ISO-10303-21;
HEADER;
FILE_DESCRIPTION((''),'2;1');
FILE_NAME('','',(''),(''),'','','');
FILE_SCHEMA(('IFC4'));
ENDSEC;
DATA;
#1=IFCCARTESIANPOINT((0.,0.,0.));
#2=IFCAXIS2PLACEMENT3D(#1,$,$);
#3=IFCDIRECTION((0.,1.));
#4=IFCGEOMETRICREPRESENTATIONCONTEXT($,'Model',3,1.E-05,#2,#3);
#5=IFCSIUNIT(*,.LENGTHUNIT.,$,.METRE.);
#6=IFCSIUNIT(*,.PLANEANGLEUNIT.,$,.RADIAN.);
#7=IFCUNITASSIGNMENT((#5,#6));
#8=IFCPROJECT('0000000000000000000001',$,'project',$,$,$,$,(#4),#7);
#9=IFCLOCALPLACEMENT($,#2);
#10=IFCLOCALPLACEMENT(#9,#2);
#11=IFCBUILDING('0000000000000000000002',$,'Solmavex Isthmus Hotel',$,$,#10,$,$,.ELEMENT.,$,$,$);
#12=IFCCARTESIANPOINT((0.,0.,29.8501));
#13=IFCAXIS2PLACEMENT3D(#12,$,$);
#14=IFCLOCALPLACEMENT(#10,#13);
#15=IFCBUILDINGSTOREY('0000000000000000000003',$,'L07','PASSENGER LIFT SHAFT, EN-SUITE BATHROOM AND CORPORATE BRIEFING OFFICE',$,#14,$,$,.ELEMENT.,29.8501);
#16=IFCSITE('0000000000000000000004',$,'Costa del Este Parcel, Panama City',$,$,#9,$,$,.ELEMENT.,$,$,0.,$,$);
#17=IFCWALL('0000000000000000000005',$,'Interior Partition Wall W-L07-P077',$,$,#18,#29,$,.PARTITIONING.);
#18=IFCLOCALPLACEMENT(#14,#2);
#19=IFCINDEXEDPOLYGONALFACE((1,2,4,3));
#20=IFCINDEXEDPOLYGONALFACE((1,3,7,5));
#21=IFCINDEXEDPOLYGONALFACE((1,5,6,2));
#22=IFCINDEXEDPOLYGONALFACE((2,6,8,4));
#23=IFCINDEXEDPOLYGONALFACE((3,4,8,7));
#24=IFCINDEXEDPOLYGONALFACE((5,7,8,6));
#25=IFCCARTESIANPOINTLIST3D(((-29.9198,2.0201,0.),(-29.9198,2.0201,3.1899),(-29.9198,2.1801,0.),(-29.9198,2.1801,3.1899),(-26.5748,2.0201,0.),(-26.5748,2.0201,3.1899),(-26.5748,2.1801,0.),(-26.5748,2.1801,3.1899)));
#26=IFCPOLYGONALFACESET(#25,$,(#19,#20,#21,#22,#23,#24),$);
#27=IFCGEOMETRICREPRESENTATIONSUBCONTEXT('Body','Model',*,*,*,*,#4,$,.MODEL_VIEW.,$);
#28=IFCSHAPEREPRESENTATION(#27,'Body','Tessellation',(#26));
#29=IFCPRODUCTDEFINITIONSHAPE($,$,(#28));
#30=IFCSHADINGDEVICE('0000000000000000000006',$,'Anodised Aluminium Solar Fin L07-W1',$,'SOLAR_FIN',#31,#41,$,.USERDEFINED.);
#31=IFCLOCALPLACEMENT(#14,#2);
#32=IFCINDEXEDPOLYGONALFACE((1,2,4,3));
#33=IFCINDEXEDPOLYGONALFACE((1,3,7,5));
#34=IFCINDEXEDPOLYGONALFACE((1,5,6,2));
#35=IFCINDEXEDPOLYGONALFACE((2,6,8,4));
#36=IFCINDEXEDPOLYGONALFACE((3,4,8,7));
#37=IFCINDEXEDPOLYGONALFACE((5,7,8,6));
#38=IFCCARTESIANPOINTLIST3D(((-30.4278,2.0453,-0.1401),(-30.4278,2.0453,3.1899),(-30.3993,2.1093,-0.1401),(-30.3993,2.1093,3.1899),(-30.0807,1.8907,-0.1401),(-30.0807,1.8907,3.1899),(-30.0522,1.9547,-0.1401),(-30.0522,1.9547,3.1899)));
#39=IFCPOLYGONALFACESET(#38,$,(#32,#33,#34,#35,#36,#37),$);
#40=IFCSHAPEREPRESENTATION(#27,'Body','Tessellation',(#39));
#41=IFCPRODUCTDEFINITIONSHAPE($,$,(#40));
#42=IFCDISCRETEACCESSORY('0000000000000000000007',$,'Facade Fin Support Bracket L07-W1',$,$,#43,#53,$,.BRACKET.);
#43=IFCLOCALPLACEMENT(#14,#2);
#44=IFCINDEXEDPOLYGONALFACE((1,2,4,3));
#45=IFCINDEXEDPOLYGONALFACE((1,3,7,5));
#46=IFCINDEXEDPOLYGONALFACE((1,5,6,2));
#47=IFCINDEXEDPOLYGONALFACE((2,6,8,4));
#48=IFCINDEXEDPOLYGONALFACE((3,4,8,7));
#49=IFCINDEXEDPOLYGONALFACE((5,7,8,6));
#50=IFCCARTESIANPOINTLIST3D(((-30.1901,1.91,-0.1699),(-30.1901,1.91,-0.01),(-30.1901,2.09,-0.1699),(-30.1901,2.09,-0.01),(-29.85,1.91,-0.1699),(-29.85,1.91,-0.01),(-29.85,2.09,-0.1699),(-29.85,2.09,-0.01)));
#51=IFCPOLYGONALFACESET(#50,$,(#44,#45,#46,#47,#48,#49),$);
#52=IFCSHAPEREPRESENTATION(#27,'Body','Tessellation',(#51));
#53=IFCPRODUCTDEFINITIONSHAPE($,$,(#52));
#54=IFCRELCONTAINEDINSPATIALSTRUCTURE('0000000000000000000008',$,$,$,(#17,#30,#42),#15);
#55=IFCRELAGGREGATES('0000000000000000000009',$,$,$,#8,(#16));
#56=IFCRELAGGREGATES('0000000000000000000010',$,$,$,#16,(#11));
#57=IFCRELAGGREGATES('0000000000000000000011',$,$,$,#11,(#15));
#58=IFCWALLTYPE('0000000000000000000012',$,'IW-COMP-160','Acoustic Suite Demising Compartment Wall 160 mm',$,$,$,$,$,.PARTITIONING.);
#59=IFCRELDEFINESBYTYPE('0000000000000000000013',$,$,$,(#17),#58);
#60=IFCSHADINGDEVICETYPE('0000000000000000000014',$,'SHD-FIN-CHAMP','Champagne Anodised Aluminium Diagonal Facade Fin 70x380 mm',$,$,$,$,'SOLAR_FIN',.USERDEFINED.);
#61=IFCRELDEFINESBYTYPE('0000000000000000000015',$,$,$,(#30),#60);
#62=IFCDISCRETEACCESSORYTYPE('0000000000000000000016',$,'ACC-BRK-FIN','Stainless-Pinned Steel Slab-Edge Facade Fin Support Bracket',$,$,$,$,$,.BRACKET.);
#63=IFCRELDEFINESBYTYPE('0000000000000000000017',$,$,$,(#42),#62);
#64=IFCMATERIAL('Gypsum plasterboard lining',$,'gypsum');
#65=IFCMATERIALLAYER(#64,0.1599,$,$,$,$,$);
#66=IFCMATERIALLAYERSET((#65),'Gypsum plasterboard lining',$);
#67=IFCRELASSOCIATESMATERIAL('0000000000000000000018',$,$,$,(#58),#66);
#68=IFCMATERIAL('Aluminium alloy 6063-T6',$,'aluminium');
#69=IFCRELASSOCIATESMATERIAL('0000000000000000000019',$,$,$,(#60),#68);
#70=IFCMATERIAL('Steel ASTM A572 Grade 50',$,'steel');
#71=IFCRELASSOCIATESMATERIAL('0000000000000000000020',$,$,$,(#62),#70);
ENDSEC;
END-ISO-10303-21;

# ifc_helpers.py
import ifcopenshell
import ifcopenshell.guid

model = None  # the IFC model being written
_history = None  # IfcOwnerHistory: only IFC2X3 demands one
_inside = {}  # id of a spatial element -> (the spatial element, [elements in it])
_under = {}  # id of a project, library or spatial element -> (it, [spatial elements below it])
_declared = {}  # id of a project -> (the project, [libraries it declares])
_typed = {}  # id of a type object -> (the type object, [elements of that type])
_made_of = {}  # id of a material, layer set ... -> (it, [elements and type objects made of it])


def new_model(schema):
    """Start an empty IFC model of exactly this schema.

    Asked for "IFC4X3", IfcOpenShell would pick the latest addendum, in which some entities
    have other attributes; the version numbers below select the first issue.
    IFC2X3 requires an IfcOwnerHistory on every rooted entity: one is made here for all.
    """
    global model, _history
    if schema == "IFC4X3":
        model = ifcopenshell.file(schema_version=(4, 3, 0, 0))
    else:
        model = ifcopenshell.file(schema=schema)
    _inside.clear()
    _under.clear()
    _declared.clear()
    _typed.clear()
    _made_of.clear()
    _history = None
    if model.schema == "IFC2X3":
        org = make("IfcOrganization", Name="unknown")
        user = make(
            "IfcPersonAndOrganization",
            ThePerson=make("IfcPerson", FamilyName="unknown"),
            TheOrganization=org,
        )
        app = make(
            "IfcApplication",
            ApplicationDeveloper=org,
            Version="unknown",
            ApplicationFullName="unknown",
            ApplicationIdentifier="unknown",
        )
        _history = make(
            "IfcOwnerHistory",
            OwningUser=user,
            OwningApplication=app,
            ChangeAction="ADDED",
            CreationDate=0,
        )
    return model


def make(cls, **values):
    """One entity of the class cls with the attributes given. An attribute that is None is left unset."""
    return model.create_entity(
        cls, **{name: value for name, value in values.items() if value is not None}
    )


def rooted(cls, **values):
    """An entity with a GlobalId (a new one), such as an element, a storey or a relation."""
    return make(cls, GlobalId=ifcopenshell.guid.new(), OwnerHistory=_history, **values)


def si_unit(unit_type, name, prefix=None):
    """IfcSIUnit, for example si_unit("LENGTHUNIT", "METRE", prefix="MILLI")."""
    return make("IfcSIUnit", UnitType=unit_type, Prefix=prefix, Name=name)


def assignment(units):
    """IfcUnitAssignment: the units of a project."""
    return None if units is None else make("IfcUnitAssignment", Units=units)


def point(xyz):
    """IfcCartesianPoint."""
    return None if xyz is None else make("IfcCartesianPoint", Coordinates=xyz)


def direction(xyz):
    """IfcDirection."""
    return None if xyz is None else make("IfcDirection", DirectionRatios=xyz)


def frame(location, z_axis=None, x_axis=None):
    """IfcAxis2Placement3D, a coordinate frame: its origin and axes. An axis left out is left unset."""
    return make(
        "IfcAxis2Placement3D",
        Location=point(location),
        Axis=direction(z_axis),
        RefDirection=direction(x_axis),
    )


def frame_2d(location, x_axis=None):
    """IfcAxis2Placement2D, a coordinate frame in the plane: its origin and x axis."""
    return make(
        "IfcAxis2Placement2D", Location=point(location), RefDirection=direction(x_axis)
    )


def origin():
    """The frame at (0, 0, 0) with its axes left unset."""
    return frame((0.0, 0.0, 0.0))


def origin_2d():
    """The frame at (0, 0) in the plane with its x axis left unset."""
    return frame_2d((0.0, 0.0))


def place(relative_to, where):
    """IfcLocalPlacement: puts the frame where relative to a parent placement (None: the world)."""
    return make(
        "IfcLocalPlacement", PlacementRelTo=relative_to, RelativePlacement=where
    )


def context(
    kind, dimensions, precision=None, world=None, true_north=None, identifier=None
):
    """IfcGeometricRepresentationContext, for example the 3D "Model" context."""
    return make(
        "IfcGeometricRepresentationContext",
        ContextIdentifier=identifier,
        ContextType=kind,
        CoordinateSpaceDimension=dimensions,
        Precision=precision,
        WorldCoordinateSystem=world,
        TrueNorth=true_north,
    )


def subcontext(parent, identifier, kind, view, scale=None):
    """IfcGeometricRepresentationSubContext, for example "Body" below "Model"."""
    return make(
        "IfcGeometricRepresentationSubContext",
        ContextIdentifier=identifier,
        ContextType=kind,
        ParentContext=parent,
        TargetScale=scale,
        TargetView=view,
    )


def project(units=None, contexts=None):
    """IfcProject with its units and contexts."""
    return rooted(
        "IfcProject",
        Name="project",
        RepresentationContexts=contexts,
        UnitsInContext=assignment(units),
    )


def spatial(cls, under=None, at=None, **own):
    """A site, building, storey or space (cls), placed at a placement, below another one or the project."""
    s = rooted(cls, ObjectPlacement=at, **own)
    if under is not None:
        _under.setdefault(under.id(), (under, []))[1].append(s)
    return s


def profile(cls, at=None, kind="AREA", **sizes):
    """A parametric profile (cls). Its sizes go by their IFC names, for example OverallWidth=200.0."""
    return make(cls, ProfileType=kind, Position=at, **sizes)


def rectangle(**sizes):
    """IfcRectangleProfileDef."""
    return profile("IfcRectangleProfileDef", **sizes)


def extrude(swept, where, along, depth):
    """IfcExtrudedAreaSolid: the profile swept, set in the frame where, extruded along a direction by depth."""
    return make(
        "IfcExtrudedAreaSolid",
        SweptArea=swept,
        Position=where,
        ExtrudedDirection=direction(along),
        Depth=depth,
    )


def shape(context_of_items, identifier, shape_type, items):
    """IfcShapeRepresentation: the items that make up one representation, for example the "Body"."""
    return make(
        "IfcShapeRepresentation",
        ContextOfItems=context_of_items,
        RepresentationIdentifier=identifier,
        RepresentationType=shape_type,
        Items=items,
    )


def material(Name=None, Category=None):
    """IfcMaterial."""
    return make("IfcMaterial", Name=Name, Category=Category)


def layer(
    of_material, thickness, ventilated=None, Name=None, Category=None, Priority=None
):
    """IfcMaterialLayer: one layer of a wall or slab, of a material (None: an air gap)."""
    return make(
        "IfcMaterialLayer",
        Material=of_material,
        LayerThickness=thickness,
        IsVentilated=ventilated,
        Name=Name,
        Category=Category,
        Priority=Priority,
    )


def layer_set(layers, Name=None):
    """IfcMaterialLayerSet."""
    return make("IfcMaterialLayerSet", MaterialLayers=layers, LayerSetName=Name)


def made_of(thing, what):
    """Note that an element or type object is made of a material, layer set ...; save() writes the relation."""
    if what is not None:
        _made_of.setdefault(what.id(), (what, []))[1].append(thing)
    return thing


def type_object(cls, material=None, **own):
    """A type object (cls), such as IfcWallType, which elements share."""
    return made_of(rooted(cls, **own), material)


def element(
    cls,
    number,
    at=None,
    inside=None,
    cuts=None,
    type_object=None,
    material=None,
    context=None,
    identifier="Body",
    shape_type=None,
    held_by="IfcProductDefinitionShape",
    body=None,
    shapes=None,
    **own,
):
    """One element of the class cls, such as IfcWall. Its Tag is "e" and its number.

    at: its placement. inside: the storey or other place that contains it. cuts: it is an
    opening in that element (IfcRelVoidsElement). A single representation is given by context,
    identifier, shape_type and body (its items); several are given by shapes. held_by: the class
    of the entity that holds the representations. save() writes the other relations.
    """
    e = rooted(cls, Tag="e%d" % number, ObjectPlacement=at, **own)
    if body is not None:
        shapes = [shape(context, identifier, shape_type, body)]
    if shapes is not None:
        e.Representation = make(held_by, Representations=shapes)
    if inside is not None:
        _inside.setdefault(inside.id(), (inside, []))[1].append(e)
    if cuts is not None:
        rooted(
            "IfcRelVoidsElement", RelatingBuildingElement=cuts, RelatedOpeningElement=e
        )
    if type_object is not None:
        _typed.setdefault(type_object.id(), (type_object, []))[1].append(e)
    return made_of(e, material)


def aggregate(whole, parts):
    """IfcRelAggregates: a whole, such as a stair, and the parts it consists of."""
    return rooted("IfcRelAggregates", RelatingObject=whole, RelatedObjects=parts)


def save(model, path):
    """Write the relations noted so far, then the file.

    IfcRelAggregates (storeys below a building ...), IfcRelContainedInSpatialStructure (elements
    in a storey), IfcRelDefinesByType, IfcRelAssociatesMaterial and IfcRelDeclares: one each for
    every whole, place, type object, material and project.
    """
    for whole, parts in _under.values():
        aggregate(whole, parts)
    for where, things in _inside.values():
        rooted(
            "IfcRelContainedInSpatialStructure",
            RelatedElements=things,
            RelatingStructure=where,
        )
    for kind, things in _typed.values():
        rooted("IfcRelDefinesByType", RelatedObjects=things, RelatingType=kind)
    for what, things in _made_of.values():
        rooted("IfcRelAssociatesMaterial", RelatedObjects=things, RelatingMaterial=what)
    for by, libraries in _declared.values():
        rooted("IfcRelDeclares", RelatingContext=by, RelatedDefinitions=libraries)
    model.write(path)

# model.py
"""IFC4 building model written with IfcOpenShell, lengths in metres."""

from ifc_helpers import new_model, si_unit, direction, frame, frame_2d, origin, origin_2d, place, context, subcontext, project, spatial, rectangle, extrude, material, layer, layer_set, type_object, element, save


model = new_model("IFC4")

# Units and contexts
model_context = context("Model", 3, precision=1e-05, world=origin(), true_north=direction((0.0, 1.0)))
body_context = subcontext(model_context, "Body", "Model", "MODEL_VIEW")
ifc_project = project(units=[si_unit("LENGTHUNIT", "METRE"), si_unit("PLANEANGLEUNIT", "RADIAN")], contexts=[model_context])

# Site, building, storey
site_placement = place(None, origin())
site = spatial("IfcSite", under=ifc_project, at=site_placement, Name="Costa del Este Parcel, Panama City", CompositionType="ELEMENT", RefElevation=0.0)
building_placement = place(site_placement, origin())
building = spatial("IfcBuilding", under=site, at=building_placement, Name="Solmavex Isthmus Hotel", CompositionType="ELEMENT")
storey_placement = place(building_placement, frame((0.0, 0.0, 29.8501)))
storey = spatial("IfcBuildingStorey", under=building, at=storey_placement, Name="L07", Description="PASSENGER LIFT SHAFT, EN-SUITE BATHROOM AND CORPORATE BRIEFING OFFICE", CompositionType="ELEMENT", Elevation=29.8501)

# Shared definitions
ifc_material_1 = material(Name="Aluminium alloy 6063-T6", Category="aluminium")

# Wall
ifc_material_2 = material(Name="Gypsum plasterboard lining", Category="gypsum")
ifc_layer_1 = layer(ifc_material_2, 0.1599)
ifc_layer_set_1 = layer_set([ifc_layer_1], Name="Gypsum plasterboard lining")
wall_type = type_object("IfcWallType", Name="IW-COMP-160", Description="Acoustic Suite Demising Compartment Wall 160 mm", PredefinedType="PARTITIONING", material=ifc_layer_set_1)
wall_placement = place(storey_placement, frame((-26.575, 2.1001, 0.0), z_axis=(0.0, 0.0, 1.0), x_axis=(-1.0, 0.0, 0.0)))
element("IfcWall", 1, at=wall_placement, inside=storey, type_object=wall_type, Name="Interior Partition Wall W-L07-P077", PredefinedType="PARTITIONING", context=body_context, shape_type="SweptSolid", body=[
    extrude(rectangle(XDim=3.345, YDim=0.1599, at=frame_2d((1.6724, 0.0))), origin(), (0.0, 0.0, 1.0), 3.1899),
])

# Shading device
shading_device_type = type_object("IfcShadingDeviceType", Name="SHD-FIN-CHAMP", Description="Champagne Anodised Aluminium Diagonal Facade Fin 70x380 mm", ElementType="SOLAR_FIN", PredefinedType="USERDEFINED", material=ifc_material_1)
shading_device_placement = place(storey_placement, frame((-30.24, 2.0, -0.1401), z_axis=(0.0, 0.0, 1.0), x_axis=(-0.913545, 0.406737, 0.0)))
element("IfcShadingDevice", 2, at=shading_device_placement, inside=storey, type_object=shading_device_type, Name="Anodised Aluminium Solar Fin L07-W1", ObjectType="SOLAR_FIN", PredefinedType="USERDEFINED", context=body_context, shape_type="SweptSolid", body=[
    extrude(rectangle(XDim=0.3799, YDim=0.0701, at=origin_2d()), origin(), (0.0, 0.0, 1.0), 3.3301),
])

# Discrete accessory
ifc_material_3 = material(Name="Steel ASTM A572 Grade 50", Category="steel")
discrete_accessory_type = type_object("IfcDiscreteAccessoryType", Name="ACC-BRK-FIN", Description="Stainless-Pinned Steel Slab-Edge Facade Fin Support Bracket", PredefinedType="BRACKET", material=ifc_material_3)
discrete_accessory_placement = place(storey_placement, frame((-30.02, 2.0, -0.1699), z_axis=(0.0, 0.0, 1.0), x_axis=(-1.0, 0.0, 0.0)))
element("IfcDiscreteAccessory", 3, at=discrete_accessory_placement, inside=storey, type_object=discrete_accessory_type, Name="Facade Fin Support Bracket L07-W1", PredefinedType="BRACKET", context=body_context, shape_type="SweptSolid", body=[
    extrude(rectangle(XDim=0.3401, YDim=0.1799, at=origin_2d()), origin(), (0.0, 0.0, 1.0), 0.1599),
])

save(model, "model.ifc")
